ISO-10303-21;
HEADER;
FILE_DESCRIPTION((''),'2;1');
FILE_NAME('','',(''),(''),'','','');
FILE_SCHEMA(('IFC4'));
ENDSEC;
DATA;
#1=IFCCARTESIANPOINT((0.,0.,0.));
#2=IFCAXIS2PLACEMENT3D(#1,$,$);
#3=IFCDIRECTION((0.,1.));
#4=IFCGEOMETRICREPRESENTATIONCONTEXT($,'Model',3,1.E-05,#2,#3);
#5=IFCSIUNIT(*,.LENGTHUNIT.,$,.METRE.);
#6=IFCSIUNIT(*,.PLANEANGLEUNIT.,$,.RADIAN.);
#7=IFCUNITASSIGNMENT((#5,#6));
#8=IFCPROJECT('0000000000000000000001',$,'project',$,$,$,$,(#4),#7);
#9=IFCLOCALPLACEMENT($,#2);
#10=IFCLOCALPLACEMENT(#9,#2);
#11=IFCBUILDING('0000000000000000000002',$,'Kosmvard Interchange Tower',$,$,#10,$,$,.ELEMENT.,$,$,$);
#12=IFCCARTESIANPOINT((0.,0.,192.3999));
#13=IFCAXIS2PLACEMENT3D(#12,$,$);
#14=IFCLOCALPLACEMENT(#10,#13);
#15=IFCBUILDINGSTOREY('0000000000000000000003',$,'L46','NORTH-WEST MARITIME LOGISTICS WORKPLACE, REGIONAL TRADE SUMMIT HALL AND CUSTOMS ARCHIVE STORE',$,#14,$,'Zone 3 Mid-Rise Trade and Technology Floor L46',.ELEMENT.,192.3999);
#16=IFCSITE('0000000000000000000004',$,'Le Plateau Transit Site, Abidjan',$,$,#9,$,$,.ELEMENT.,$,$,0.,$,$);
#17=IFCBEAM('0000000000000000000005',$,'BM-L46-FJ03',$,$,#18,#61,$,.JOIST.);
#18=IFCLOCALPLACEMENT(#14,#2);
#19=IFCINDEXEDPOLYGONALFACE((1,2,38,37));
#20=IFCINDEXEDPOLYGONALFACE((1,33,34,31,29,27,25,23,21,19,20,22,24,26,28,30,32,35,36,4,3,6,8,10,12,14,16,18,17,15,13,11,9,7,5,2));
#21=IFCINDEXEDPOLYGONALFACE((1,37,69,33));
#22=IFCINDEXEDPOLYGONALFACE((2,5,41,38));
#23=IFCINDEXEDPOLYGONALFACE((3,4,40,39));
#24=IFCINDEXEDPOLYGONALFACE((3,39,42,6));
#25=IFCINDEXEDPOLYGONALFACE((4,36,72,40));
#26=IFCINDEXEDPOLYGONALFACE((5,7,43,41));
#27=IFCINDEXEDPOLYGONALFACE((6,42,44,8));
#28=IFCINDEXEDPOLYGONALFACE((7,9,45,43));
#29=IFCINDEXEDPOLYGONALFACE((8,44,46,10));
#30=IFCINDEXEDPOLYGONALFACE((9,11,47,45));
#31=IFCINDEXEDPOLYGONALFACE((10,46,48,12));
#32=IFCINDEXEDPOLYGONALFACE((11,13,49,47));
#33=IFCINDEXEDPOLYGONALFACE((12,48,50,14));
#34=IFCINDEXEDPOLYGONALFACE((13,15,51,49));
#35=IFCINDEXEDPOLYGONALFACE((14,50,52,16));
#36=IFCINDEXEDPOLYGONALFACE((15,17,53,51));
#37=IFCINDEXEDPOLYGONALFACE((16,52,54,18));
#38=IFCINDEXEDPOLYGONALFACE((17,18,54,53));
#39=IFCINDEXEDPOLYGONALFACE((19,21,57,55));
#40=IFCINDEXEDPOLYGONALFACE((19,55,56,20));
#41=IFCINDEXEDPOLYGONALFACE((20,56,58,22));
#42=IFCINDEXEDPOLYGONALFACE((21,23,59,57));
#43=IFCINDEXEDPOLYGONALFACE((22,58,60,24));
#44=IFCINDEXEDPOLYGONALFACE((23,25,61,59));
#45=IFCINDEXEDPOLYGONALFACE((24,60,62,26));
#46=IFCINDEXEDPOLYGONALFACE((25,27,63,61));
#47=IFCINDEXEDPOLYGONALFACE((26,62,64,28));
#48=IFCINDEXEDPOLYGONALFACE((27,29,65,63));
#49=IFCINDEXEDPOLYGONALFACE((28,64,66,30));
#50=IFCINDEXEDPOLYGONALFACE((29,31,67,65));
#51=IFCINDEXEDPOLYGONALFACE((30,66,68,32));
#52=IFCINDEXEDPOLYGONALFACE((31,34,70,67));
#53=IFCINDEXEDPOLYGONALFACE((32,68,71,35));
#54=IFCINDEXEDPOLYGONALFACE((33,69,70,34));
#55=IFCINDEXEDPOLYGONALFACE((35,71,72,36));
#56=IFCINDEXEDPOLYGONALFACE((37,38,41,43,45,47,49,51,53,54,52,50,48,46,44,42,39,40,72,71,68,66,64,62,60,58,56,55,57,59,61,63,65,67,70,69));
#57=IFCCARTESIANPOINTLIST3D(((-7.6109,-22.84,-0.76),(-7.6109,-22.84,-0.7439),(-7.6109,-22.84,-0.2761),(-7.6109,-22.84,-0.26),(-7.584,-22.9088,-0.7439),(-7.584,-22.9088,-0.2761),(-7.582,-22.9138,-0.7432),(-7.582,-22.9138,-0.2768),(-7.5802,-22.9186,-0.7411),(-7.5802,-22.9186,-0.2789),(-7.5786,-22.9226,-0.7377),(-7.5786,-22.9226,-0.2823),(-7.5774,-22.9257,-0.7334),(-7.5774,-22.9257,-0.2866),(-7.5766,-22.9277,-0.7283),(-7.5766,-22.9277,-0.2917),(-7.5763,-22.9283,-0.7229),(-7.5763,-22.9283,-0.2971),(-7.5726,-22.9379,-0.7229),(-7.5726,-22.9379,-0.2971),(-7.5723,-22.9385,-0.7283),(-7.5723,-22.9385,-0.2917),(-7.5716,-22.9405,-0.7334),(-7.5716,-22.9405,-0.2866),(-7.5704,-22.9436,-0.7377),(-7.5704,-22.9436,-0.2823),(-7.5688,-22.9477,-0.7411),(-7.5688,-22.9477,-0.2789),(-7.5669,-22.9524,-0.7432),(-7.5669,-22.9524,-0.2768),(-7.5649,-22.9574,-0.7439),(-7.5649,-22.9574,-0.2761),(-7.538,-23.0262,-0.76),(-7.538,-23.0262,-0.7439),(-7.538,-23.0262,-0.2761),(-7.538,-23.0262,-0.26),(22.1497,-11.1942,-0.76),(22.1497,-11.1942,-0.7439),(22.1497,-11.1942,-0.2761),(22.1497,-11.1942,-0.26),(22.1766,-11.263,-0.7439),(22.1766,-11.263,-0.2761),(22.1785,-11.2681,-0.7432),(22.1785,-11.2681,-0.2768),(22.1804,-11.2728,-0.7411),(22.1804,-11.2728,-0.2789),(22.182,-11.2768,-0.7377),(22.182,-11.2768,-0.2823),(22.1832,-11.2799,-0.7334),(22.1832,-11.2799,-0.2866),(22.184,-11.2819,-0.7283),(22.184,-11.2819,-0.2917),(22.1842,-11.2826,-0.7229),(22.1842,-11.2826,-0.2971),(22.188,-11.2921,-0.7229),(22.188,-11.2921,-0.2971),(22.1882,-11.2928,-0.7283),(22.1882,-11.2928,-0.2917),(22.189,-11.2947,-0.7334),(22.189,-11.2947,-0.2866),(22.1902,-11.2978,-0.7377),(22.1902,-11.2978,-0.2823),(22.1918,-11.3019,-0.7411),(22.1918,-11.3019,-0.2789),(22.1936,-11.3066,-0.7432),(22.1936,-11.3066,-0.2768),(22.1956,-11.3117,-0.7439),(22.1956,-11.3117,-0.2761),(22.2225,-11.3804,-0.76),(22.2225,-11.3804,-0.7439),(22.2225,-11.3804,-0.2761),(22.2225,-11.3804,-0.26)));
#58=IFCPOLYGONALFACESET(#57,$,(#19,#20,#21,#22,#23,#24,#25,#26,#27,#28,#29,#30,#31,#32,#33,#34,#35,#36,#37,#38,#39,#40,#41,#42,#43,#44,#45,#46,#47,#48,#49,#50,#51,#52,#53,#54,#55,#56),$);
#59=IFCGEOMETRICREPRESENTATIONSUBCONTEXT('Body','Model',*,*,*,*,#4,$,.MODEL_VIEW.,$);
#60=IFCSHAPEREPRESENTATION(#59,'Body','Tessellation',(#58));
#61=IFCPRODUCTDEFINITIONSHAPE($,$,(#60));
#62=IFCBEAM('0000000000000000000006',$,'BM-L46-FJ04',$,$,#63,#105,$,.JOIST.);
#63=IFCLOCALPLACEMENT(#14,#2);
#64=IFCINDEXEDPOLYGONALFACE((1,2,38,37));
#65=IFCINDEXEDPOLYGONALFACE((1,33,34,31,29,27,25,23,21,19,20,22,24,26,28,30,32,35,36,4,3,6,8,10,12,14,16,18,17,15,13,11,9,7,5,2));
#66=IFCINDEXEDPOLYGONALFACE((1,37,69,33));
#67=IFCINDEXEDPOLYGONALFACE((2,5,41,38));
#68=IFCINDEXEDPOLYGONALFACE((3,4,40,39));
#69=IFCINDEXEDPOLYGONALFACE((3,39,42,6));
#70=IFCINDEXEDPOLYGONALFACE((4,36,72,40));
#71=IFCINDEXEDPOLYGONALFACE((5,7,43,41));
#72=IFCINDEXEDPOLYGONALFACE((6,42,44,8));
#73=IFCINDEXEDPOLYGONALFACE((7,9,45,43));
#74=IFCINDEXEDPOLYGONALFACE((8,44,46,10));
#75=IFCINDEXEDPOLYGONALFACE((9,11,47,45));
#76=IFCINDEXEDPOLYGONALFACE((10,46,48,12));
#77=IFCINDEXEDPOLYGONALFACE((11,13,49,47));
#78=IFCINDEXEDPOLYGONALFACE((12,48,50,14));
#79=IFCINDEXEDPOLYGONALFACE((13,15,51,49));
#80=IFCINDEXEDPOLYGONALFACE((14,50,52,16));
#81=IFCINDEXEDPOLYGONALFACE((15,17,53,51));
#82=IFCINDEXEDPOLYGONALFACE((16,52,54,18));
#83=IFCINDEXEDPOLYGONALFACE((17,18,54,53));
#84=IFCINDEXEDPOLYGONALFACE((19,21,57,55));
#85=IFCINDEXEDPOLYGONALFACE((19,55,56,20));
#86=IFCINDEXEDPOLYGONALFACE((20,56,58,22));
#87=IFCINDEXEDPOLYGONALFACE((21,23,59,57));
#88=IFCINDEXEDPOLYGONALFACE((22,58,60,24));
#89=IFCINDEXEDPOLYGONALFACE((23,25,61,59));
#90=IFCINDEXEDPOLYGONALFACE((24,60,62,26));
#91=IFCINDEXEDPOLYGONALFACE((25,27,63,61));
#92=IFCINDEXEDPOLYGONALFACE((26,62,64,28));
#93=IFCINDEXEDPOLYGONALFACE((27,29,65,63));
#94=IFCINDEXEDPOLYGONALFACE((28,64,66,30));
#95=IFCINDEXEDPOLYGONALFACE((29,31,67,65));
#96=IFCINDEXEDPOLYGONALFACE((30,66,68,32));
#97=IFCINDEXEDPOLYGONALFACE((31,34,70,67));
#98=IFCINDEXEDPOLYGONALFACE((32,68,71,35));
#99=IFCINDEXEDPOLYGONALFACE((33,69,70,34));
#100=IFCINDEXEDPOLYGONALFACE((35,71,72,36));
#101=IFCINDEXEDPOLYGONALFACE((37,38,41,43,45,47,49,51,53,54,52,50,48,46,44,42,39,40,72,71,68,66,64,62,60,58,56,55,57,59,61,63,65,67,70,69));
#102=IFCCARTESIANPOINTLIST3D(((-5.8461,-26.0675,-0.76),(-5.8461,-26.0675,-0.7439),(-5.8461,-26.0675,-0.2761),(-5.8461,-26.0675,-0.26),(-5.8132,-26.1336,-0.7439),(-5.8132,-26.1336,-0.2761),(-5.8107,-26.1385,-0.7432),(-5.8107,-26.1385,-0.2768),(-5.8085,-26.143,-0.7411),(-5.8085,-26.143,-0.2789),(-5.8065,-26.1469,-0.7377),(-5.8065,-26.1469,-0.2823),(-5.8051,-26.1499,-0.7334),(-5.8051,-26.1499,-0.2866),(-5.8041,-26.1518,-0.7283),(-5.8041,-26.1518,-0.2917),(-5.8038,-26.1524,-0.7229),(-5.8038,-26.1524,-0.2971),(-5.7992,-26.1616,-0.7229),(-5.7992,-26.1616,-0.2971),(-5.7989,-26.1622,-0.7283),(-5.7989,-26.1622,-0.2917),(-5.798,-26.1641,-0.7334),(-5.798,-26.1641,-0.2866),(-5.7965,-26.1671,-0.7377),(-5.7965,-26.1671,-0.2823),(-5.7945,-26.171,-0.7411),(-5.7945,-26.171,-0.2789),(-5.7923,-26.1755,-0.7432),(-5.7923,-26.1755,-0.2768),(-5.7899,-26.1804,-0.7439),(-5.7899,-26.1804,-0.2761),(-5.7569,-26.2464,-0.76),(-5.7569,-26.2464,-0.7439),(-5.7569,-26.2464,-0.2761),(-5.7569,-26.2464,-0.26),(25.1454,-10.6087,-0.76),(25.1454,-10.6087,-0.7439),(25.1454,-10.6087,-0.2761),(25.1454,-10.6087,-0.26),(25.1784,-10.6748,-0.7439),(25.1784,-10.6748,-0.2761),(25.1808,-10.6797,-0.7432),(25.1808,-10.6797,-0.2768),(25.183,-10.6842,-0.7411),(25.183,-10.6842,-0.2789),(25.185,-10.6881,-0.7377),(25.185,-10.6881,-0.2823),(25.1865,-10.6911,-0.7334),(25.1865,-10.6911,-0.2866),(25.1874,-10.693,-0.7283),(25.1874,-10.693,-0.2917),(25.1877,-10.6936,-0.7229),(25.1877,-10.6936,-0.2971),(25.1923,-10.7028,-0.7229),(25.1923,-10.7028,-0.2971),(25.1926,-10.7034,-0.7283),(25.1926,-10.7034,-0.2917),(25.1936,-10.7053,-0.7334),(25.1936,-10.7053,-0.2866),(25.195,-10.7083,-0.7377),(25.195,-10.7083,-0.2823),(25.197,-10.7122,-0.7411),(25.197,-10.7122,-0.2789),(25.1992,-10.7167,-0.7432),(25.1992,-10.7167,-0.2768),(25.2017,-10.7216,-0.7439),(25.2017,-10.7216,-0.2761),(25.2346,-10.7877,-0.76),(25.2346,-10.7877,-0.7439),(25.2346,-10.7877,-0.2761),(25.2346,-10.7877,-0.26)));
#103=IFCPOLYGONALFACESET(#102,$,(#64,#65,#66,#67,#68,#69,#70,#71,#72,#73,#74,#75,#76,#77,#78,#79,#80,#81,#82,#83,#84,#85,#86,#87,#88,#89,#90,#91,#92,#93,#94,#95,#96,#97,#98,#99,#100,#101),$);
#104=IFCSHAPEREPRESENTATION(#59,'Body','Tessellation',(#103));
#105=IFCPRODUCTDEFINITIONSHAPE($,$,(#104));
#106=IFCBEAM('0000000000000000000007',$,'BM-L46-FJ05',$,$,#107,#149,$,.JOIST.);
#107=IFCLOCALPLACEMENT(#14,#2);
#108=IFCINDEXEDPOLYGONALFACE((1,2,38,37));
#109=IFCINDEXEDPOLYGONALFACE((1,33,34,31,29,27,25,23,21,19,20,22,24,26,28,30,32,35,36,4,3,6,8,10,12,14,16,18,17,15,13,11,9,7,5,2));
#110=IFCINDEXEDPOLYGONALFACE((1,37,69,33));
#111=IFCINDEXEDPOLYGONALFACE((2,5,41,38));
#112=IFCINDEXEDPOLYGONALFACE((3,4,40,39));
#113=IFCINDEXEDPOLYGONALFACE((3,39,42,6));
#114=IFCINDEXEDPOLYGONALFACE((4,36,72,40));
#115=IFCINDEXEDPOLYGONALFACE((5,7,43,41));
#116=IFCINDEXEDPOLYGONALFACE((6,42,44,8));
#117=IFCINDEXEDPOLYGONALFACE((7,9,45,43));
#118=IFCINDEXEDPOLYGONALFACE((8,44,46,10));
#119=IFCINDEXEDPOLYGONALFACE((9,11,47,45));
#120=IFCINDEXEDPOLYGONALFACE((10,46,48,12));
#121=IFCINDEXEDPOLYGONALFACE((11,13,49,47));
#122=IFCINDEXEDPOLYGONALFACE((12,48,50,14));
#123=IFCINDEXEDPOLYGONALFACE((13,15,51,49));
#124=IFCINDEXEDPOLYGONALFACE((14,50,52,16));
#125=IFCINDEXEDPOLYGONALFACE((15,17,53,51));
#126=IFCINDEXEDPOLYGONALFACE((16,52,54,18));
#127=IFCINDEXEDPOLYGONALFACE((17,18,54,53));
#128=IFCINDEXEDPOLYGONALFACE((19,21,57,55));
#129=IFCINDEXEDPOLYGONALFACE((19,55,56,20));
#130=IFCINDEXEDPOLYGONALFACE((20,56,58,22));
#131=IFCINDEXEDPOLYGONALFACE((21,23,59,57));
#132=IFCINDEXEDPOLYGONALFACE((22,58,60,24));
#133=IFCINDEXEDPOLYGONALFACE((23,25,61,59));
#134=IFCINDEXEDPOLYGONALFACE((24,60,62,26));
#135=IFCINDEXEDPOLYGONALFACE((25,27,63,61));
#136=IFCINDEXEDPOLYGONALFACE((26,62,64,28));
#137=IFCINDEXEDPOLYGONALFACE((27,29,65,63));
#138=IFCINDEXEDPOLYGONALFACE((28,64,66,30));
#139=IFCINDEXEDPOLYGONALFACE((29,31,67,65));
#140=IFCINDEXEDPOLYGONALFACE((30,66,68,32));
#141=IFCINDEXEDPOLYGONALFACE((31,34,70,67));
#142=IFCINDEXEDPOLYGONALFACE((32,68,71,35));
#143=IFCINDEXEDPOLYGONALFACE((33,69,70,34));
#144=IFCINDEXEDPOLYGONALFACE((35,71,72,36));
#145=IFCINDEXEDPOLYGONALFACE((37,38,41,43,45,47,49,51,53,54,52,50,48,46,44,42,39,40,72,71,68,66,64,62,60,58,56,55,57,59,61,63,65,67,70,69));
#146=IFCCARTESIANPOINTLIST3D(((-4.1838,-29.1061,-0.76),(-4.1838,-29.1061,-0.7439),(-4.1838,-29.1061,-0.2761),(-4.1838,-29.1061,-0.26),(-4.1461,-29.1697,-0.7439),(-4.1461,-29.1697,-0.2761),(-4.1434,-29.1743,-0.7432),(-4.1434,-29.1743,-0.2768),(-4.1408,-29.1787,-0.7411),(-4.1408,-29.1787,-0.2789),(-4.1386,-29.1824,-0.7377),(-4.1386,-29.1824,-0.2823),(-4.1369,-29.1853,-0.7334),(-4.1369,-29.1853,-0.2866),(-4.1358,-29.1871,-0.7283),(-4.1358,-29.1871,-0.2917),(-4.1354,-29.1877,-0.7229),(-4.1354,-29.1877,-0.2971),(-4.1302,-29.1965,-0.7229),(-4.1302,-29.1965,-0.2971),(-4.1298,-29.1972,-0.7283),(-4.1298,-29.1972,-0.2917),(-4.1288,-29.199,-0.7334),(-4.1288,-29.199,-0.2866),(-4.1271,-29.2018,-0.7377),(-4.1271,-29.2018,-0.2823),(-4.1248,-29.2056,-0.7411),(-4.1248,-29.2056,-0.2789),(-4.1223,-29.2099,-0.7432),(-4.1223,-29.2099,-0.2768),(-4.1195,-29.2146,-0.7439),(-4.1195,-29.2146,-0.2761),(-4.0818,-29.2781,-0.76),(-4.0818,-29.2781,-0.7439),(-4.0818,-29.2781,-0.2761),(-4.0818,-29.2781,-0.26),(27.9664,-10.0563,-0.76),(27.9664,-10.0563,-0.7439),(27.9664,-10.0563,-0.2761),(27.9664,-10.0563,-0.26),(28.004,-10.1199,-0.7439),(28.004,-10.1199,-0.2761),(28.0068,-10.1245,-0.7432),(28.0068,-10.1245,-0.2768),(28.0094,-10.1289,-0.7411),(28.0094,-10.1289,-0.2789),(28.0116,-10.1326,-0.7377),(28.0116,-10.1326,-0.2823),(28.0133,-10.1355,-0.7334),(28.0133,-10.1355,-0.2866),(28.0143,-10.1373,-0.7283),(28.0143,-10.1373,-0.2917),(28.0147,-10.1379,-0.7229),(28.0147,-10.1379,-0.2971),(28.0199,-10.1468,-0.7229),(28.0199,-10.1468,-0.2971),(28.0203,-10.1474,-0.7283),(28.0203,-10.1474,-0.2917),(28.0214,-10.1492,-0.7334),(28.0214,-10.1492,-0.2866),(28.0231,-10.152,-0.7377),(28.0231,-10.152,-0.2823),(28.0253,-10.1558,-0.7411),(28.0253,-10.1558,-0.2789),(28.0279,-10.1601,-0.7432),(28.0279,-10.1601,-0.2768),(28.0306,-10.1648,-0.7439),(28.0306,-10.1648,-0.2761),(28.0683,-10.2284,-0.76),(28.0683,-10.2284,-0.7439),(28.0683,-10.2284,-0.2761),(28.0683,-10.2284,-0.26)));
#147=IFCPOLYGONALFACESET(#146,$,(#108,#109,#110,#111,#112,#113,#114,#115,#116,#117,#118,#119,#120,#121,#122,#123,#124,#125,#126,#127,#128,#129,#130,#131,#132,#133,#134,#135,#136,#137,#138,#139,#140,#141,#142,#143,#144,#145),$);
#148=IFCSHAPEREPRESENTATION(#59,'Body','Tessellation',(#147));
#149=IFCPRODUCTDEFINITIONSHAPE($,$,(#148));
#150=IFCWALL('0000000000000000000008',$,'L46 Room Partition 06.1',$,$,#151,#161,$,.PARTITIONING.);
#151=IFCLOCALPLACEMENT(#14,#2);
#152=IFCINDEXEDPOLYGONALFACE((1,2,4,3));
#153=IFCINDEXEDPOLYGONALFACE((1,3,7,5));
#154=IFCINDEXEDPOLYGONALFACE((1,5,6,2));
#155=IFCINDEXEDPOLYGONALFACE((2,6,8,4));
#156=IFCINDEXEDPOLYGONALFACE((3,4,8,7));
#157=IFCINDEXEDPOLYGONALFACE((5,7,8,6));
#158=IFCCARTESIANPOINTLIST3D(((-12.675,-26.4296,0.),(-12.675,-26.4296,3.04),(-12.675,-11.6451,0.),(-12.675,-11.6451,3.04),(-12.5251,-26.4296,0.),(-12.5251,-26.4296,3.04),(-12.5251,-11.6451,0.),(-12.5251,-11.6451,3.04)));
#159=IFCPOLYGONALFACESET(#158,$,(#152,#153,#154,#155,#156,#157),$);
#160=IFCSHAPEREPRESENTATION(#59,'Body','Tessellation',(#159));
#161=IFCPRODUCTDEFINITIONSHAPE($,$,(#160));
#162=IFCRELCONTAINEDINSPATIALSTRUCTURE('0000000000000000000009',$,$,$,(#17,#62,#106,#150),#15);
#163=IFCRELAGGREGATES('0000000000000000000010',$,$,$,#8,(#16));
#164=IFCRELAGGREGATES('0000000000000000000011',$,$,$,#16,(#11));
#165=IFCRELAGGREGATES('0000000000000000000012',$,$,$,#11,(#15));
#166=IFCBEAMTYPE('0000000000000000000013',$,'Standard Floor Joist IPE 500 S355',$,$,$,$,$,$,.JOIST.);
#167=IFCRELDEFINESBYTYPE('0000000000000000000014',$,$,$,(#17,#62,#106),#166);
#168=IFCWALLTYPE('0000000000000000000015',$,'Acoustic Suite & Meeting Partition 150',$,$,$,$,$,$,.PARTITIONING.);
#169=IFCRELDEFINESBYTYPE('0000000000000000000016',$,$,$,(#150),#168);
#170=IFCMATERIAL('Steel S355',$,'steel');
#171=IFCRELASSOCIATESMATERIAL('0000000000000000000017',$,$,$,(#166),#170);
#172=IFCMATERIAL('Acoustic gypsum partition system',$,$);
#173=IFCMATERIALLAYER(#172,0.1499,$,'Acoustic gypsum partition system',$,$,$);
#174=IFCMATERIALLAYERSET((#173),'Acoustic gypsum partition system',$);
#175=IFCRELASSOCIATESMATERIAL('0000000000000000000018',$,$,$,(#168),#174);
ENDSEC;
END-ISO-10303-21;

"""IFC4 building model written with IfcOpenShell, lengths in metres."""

from ifc_helpers import new_model, si_unit, direction, frame, frame_2d, origin, origin_2d, place, context, subcontext, project, spatial, rectangle, i_section, extrude, source, transform, mapped, material, layer, layer_set, material_profile, profile_set, type_object, element, save


model = new_model("IFC4")

# Units and contexts
model_context = context("Model", 3, precision=1e-05, world=origin(), true_north=direction((0.0, 1.0)))
body_context = subcontext(model_context, "Body", "Model", "MODEL_VIEW")
ifc_project = project(units=[si_unit("LENGTHUNIT", "METRE"), si_unit("PLANEANGLEUNIT", "RADIAN")], contexts=[model_context])

# Site, building, storey
site_placement = place(None, origin())
site = spatial("IfcSite", under=ifc_project, at=site_placement, Name="Le Plateau Transit Site, Abidjan", CompositionType="ELEMENT", RefElevation=0.0)
building_placement = place(site_placement, origin())
building = spatial("IfcBuilding", under=site, at=building_placement, Name="Kosmvard Interchange Tower", CompositionType="ELEMENT")
storey_placement = place(building_placement, frame((0.0, 0.0, 192.3999)))
storey = spatial("IfcBuildingStorey", under=building, at=storey_placement, Name="L46", Description="NORTH-WEST MARITIME LOGISTICS WORKPLACE, REGIONAL TRADE SUMMIT HALL AND CUSTOMS ARCHIVE STORE", LongName="Zone 3 Mid-Rise Trade and Technology Floor L46", CompositionType="ELEMENT", Elevation=192.3999)

# Beams
ifc_material_1 = material(Name="Steel S355", Category="steel")
ifc_material_profile_1 = material_profile(ifc_material_1, i_section(OverallWidth=0.2, OverallDepth=0.5, WebThickness=0.0103, FlangeThickness=0.0161, FilletRadius=0.021, at=origin_2d()), Name="IPE 500")
ifc_profile_set_1 = profile_set([ifc_material_profile_1], Name="Steel S355")
beam_type_1 = type_object("IfcBeamType", Name="Standard Floor Joist IPE 500 S355", PredefinedType="JOIST", material=ifc_profile_set_1)
shared_shape_1 = source(origin(), body_context, "Body", "SweptSolid", [
    extrude(i_section(OverallWidth=0.2, OverallDepth=0.5, WebThickness=0.0103, FlangeThickness=0.0161, FilletRadius=0.021, at=origin_2d()), origin(), (0.0, 0.0, 1.0), 31.958),
])
beam_1_placement = place(storey_placement, frame((-7.5745, -22.9331, -0.51), z_axis=(0.931239, 0.364409, 0.0), x_axis=(-0.364409, 0.931239, 0.0)))
element("IfcBeam", 1, at=beam_1_placement, inside=storey, type_object=beam_type_1, Name="BM-L46-FJ03", PredefinedType="JOIST", context=body_context, shape_type="MappedRepresentation", body=[
    mapped(shared_shape_1, transform((0.0, 0.0, 0.0), scale=1.0)),
])
shared_shape_2 = source(origin(), body_context, "Body", "SweptSolid", [
    extrude(i_section(OverallWidth=0.2, OverallDepth=0.5, WebThickness=0.0103, FlangeThickness=0.0161, FilletRadius=0.021, at=origin_2d()), origin(), (0.0, 0.0, 1.0), 34.6331),
])
beam_2_placement = place(storey_placement, frame((-5.8015, -26.157, -0.51), z_axis=(0.894854, 0.446359, 0.0), x_axis=(-0.446359, 0.894854, 0.0)))
element("IfcBeam", 2, at=beam_2_placement, inside=storey, type_object=beam_type_1, Name="BM-L46-FJ04", PredefinedType="JOIST", context=body_context, shape_type="MappedRepresentation", body=[
    mapped(shared_shape_2, transform((0.0, 0.0, 0.0), scale=1.0)),
])
shared_shape_3 = source(origin(), body_context, "Body", "SweptSolid", [
    extrude(i_section(OverallWidth=0.2, OverallDepth=0.5, WebThickness=0.0103, FlangeThickness=0.0161, FilletRadius=0.021, at=origin_2d()), origin(), (0.0, 0.0, 1.0), 37.3701),
])
beam_3_placement = place(storey_placement, frame((-4.1328, -29.1921, -0.51), z_axis=(0.860317, 0.50976, 0.0), x_axis=(-0.50976, 0.860317, 0.0)))
element("IfcBeam", 3, at=beam_3_placement, inside=storey, type_object=beam_type_1, Name="BM-L46-FJ05", PredefinedType="JOIST", context=body_context, shape_type="MappedRepresentation", body=[
    mapped(shared_shape_3, transform((0.0, 0.0, 0.0), scale=1.0)),
])

# Wall
ifc_material_2 = material(Name="Acoustic gypsum partition system")
ifc_layer_1 = layer(ifc_material_2, 0.1499, Name="Acoustic gypsum partition system")
ifc_layer_set_1 = layer_set([ifc_layer_1], Name="Acoustic gypsum partition system")
wall_type_1 = type_object("IfcWallType", Name="Acoustic Suite & Meeting Partition 150", PredefinedType="PARTITIONING", material=ifc_layer_set_1)
wall_1_placement = place(storey_placement, frame((-12.6001, -26.4294, 0.0), z_axis=(0.0, 0.0, 1.0), x_axis=(0.0, 1.0, 0.0)))
element("IfcWall", 4, at=wall_1_placement, inside=storey, type_object=wall_type_1, Name="L46 Room Partition 06.1", PredefinedType="PARTITIONING", context=body_context, shape_type="SweptSolid", body=[
    extrude(rectangle(XDim=14.7844, YDim=0.1499, at=frame_2d((7.3921, 0.0))), origin(), (0.0, 0.0, 1.0), 3.04),
])

save(model, "model.ifc")
